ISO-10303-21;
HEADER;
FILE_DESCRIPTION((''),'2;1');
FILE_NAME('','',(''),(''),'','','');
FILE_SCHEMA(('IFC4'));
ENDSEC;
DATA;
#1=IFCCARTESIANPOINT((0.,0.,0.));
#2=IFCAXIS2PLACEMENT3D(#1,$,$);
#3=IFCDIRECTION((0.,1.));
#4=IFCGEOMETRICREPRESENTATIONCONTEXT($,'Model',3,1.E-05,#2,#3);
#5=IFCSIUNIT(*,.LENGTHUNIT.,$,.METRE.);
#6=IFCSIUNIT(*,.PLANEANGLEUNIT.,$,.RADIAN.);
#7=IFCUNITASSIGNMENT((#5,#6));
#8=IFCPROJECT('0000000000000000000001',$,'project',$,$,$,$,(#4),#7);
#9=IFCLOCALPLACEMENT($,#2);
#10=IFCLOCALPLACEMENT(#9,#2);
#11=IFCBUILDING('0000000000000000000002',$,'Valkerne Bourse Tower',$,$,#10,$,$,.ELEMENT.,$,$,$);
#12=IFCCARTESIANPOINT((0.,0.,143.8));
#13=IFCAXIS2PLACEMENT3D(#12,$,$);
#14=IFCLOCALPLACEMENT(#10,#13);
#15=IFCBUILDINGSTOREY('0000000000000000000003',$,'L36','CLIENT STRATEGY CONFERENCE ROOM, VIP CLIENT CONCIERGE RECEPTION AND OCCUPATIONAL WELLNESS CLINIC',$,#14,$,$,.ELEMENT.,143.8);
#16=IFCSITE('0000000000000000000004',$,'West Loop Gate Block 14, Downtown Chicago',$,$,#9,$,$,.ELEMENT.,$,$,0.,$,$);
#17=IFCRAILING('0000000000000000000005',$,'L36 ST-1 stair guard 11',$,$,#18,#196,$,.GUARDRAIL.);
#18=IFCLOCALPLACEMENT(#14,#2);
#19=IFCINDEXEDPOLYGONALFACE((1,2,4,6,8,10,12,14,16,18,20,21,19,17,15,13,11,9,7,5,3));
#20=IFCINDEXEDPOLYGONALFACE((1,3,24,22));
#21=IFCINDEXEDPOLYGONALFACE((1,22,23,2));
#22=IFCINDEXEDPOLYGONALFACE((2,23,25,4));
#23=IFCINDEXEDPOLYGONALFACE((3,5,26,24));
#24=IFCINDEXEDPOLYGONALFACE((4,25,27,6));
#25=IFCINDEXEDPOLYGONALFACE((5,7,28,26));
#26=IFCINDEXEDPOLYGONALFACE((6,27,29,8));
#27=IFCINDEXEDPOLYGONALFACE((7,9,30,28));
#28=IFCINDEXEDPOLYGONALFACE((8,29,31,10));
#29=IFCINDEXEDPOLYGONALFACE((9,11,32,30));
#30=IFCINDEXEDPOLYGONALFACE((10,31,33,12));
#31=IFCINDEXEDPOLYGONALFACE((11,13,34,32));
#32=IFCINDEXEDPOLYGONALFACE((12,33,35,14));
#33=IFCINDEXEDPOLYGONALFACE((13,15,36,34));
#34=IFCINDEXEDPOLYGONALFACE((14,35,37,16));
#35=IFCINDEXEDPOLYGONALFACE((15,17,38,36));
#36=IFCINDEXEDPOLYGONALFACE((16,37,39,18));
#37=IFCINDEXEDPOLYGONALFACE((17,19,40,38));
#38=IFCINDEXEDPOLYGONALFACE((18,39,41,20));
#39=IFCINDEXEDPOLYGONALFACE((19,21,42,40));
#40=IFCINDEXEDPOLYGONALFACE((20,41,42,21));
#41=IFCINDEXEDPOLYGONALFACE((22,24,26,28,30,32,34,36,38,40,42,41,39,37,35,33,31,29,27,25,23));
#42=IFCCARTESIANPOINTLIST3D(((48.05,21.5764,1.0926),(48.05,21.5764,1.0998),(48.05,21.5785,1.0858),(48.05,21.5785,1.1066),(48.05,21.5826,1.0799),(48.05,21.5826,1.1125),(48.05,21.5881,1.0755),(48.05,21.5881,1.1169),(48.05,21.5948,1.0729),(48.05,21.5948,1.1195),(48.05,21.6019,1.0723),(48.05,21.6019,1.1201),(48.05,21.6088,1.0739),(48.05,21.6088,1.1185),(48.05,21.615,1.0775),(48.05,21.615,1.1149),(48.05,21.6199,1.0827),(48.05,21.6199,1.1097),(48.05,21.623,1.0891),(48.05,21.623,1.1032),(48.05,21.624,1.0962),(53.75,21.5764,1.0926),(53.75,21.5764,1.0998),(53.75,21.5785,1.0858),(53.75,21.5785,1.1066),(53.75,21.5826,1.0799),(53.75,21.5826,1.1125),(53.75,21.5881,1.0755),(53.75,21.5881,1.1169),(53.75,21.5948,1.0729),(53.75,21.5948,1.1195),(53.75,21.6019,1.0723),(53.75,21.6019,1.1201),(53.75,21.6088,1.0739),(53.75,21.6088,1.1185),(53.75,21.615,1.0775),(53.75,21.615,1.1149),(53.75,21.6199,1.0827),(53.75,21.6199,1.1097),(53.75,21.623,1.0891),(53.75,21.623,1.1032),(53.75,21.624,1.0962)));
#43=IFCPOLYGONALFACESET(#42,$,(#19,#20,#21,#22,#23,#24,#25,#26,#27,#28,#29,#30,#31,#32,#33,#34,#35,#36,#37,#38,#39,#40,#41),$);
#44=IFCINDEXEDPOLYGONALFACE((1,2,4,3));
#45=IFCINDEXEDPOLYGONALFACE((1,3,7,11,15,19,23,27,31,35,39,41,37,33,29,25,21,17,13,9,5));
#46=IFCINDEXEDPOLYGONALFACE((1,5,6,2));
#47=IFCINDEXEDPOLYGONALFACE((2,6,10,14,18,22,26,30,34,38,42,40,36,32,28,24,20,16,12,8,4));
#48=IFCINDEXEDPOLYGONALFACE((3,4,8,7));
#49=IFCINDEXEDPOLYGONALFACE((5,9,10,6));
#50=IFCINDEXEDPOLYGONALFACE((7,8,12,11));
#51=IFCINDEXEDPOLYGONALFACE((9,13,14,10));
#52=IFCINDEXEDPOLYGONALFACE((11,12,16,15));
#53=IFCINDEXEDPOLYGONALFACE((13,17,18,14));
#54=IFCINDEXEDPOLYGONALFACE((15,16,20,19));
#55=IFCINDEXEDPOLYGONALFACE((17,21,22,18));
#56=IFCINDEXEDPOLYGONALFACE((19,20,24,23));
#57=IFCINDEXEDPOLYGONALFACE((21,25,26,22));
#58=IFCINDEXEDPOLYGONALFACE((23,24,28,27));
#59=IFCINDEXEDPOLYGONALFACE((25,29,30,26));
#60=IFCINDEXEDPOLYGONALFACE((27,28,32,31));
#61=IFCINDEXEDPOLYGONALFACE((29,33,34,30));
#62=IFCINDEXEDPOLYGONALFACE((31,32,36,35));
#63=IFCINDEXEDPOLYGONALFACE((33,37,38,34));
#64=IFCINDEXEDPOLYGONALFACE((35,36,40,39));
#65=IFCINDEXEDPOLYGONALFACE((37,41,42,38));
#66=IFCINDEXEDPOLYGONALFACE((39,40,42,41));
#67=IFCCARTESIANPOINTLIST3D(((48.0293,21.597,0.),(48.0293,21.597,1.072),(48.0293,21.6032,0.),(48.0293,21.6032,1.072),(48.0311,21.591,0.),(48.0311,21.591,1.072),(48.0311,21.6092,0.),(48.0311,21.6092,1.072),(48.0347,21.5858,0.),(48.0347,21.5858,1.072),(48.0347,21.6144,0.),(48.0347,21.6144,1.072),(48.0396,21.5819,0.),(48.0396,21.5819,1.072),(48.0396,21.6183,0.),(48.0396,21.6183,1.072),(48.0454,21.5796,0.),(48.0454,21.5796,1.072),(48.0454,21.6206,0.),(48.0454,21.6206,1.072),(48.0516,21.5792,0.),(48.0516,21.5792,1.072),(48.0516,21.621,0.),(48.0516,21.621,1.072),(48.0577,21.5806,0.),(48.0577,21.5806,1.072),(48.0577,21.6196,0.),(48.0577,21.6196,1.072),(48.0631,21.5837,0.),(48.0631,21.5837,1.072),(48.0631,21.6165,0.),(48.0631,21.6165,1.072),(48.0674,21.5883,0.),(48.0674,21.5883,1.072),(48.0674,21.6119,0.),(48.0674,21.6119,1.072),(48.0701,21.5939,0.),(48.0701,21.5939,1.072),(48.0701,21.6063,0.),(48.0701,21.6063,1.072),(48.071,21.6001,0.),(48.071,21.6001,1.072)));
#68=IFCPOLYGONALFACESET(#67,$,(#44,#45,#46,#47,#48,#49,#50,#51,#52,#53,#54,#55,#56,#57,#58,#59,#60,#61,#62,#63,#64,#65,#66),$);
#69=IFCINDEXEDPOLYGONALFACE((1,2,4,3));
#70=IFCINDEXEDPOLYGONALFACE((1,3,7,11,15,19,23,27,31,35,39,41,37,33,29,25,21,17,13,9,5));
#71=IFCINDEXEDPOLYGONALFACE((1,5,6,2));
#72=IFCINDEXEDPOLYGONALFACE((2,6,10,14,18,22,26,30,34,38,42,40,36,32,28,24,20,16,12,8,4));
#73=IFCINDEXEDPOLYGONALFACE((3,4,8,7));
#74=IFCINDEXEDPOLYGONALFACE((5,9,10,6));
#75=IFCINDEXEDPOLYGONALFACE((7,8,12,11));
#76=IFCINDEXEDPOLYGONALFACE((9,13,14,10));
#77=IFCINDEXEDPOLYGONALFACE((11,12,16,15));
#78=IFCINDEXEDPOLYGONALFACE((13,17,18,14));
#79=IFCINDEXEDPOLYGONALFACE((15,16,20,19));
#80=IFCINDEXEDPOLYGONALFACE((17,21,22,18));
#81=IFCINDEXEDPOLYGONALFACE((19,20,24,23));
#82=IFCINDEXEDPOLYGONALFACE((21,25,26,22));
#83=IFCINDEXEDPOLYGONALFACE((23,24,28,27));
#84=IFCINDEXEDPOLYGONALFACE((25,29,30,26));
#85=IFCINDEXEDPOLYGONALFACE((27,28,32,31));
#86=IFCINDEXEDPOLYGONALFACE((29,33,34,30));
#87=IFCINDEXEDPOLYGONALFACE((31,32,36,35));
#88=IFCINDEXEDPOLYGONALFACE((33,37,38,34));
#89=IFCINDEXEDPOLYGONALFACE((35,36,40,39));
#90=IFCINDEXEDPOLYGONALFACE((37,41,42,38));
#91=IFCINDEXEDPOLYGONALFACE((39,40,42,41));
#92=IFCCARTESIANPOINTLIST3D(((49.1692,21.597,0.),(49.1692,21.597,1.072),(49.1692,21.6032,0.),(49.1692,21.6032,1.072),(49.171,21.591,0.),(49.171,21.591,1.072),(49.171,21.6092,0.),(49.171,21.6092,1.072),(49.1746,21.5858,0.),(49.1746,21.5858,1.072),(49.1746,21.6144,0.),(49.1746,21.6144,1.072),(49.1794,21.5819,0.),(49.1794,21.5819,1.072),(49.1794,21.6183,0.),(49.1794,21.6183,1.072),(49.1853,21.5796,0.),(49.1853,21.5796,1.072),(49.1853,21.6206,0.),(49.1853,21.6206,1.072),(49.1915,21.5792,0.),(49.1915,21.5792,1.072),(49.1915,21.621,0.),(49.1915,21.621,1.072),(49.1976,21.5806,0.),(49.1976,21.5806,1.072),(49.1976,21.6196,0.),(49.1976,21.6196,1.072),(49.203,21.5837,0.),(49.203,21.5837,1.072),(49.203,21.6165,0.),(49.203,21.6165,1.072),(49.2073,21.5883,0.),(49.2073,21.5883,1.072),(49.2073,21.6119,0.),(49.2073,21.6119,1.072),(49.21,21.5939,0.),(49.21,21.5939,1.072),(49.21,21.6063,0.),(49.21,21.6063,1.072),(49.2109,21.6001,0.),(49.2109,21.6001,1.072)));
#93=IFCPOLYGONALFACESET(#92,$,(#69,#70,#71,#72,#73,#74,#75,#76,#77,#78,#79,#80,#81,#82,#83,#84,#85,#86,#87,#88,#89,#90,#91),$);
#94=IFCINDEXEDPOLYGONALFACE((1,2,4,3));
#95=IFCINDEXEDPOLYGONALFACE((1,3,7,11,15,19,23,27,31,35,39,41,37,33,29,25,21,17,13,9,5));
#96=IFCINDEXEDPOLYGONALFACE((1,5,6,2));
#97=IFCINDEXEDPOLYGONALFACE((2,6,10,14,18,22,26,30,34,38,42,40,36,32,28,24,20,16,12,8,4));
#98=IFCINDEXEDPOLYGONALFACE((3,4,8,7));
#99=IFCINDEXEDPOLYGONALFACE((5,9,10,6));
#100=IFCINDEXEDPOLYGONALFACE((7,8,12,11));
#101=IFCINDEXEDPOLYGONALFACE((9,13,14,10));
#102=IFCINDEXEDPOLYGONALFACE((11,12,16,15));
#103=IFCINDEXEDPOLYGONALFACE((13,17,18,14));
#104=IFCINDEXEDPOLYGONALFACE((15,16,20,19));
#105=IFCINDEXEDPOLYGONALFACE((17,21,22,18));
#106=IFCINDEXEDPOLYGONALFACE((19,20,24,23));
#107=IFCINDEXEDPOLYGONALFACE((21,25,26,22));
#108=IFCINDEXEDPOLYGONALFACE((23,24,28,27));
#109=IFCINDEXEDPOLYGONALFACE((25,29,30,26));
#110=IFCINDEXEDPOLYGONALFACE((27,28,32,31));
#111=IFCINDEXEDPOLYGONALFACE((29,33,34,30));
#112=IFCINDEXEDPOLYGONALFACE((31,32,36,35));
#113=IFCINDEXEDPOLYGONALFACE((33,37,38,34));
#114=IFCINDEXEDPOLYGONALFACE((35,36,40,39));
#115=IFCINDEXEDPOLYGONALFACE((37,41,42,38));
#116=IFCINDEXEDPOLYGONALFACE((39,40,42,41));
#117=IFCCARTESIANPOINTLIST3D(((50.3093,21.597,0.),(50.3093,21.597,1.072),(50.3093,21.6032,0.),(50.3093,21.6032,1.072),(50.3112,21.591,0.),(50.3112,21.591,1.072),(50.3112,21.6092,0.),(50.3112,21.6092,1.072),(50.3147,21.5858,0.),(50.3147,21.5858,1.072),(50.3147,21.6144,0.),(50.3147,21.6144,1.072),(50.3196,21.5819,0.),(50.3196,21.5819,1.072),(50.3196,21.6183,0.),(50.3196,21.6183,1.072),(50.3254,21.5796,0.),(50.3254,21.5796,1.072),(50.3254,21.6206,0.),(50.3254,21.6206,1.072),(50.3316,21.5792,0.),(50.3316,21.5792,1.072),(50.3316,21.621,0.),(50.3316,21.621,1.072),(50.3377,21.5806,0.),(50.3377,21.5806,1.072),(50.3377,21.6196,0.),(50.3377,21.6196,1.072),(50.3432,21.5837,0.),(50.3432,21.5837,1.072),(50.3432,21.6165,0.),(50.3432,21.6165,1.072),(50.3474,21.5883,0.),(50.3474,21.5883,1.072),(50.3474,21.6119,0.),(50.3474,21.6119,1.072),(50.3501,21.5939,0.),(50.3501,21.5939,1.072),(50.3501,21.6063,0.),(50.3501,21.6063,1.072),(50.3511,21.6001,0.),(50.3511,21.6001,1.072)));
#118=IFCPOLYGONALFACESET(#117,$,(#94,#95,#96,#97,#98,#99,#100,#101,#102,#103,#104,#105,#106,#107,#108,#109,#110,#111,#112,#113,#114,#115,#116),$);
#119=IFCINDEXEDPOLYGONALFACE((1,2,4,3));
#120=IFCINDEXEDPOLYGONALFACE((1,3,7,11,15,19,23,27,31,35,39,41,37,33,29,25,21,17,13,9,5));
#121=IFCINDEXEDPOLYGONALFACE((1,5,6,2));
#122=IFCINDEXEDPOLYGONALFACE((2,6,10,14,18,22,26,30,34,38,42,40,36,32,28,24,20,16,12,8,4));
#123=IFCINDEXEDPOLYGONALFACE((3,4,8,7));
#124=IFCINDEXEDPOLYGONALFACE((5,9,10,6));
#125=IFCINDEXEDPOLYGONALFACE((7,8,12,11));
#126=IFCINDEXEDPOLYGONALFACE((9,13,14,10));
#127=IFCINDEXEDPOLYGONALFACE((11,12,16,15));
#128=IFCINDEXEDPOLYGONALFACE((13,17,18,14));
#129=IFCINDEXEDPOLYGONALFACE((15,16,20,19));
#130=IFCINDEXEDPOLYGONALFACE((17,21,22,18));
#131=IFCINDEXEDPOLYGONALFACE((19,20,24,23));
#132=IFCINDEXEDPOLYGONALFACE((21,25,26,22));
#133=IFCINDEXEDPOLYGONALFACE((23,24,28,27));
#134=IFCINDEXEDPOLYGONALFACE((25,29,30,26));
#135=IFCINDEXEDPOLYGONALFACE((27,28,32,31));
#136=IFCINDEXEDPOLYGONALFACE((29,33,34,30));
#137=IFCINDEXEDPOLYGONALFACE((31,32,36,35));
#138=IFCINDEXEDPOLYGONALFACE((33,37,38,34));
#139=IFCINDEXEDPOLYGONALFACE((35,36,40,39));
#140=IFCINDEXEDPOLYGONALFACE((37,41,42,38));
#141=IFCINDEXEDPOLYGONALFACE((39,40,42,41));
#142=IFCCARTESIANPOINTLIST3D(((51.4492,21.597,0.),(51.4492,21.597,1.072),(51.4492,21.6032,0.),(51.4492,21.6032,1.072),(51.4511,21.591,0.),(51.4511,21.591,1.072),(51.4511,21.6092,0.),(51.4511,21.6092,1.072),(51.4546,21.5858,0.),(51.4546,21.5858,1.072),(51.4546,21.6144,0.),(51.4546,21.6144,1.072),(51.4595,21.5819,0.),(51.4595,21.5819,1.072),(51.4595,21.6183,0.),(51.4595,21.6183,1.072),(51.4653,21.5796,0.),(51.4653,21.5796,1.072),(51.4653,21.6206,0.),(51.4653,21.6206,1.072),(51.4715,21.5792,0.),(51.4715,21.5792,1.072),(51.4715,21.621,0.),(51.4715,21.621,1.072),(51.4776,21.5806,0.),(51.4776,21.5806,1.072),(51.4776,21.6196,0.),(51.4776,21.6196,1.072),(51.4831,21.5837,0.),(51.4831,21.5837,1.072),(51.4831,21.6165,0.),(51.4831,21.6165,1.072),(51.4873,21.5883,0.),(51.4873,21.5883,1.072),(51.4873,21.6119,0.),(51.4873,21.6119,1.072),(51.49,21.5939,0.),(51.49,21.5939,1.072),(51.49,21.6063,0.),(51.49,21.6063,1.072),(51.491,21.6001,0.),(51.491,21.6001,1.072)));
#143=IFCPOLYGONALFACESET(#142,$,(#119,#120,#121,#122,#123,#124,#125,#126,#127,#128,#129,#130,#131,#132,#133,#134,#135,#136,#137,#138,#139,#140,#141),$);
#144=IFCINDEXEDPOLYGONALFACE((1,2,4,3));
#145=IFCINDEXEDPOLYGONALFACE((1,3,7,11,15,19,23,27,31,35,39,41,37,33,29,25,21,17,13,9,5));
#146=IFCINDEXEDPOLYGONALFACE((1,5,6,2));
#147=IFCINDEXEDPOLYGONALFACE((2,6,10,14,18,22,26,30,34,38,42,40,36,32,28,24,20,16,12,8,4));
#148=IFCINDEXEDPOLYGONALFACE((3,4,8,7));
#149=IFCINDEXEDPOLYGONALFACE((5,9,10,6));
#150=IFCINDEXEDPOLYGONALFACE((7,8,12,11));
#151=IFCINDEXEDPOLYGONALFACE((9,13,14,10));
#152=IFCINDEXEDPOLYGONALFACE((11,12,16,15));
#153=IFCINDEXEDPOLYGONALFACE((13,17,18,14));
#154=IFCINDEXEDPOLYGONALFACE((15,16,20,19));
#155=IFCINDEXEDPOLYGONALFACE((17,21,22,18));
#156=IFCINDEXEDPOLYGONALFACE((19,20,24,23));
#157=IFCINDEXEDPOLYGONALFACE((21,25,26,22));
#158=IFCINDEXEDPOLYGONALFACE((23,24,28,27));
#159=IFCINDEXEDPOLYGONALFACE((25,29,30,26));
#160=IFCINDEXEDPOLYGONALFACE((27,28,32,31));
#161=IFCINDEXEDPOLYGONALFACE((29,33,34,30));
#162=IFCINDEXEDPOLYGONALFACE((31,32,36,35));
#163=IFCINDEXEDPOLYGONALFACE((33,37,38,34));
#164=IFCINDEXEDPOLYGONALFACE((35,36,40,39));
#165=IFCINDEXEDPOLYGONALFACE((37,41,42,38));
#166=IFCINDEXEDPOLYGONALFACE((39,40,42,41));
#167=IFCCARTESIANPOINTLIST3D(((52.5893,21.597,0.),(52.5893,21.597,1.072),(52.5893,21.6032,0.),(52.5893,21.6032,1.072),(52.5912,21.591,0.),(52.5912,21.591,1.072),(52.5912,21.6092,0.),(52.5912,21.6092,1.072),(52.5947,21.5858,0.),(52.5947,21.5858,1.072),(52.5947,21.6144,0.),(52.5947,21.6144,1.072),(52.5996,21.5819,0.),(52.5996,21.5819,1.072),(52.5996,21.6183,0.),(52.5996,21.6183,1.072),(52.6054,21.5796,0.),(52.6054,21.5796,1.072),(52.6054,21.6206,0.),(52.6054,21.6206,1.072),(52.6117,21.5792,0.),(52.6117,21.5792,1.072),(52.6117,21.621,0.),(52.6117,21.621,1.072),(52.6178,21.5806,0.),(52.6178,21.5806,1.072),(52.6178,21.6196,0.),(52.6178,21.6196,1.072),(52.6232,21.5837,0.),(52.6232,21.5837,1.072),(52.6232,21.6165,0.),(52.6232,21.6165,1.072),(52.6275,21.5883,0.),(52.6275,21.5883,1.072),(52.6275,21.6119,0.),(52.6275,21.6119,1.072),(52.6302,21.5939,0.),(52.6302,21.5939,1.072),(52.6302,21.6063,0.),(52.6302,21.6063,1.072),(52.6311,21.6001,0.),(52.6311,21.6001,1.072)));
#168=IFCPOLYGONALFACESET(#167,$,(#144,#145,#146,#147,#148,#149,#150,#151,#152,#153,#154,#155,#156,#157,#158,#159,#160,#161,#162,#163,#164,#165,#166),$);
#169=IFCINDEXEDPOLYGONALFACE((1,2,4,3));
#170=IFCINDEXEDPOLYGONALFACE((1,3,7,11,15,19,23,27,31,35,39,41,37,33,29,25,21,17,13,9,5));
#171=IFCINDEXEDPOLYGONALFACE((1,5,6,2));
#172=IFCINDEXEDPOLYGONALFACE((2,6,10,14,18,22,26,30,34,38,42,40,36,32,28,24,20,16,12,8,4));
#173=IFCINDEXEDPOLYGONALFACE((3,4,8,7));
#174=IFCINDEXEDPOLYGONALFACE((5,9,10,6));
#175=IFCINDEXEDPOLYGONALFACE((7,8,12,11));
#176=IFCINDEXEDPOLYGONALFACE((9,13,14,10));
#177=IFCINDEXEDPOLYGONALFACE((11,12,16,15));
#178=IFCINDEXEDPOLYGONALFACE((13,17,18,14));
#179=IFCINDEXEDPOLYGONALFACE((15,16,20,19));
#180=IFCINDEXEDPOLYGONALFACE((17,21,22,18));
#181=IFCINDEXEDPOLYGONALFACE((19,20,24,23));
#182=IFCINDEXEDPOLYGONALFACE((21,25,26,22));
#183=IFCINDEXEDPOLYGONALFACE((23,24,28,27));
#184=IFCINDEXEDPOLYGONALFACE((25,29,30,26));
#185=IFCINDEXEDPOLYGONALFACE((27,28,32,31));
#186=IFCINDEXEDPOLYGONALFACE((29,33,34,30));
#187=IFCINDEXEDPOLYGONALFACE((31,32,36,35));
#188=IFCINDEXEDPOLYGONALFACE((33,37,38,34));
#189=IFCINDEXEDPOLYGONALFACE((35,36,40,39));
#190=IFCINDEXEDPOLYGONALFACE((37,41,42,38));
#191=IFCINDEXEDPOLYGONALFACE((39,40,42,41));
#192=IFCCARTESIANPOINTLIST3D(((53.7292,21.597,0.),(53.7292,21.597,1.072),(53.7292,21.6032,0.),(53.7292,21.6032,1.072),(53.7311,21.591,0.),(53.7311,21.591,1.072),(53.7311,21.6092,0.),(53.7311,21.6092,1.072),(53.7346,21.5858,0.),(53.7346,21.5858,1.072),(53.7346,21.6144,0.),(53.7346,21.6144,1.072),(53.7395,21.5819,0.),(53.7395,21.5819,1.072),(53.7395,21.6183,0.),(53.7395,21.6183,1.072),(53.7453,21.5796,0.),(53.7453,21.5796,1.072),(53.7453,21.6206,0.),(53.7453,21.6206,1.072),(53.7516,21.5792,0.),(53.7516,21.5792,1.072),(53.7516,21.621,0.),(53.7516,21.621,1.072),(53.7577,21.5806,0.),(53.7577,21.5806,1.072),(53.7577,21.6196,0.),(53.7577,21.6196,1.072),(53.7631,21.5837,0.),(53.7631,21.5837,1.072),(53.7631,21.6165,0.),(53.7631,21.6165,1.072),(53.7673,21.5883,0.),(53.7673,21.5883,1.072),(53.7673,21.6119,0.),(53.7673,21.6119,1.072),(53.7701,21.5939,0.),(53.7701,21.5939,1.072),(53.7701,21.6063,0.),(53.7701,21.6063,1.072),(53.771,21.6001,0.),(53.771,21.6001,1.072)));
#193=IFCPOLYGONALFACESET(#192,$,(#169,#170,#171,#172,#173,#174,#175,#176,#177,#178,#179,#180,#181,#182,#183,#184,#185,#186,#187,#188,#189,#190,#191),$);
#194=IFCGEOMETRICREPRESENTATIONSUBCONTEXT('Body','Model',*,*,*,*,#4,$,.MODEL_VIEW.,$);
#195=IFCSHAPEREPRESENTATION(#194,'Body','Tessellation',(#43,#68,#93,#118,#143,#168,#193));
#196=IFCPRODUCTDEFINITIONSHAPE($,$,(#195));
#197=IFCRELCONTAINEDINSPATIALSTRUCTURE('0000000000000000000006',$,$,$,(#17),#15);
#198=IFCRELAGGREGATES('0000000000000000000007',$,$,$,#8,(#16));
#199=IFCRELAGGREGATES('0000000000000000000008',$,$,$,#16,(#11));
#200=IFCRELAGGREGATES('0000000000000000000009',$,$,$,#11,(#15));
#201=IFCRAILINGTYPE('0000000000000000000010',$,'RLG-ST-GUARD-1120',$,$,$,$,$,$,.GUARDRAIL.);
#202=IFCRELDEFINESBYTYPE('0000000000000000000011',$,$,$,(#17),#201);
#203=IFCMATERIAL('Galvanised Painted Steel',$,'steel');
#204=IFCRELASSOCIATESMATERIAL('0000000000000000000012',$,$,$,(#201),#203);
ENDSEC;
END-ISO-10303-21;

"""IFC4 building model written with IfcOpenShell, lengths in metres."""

from ifc_helpers import new_model, si_unit, direction, frame, origin, origin_2d, place, context, subcontext, project, spatial, circle, extrude, material, type_object, element, save


model = new_model("IFC4")

# Units and contexts
model_context = context("Model", 3, precision=1e-05, world=origin(), true_north=direction((0.0, 1.0)))
body_context = subcontext(model_context, "Body", "Model", "MODEL_VIEW")
ifc_project = project(units=[si_unit("LENGTHUNIT", "METRE"), si_unit("PLANEANGLEUNIT", "RADIAN")], contexts=[model_context])

# Site, building, storey
site_placement = place(None, origin())
site = spatial("IfcSite", under=ifc_project, at=site_placement, Name="West Loop Gate Block 14, Downtown Chicago", CompositionType="ELEMENT", RefElevation=0.0)
building_placement = place(site_placement, origin())
building = spatial("IfcBuilding", under=site, at=building_placement, Name="Valkerne Bourse Tower", CompositionType="ELEMENT")
storey_placement = place(building_placement, frame((0.0, 0.0, 143.8)))
storey = spatial("IfcBuildingStorey", under=building, at=storey_placement, Name="L36", Description="CLIENT STRATEGY CONFERENCE ROOM, VIP CLIENT CONCIERGE RECEPTION AND OCCUPATIONAL WELLNESS CLINIC", CompositionType="ELEMENT", Elevation=143.8)

# Shared definitions
ifc_material_1 = material(Name="Galvanised Painted Steel", Category="steel")

# Railing
railing_type_1 = type_object("IfcRailingType", Name="RLG-ST-GUARD-1120", PredefinedType="GUARDRAIL", material=ifc_material_1)
for number, where, name in (
    (1, (48.05, 21.6001, 0.0), "L36 ST-1 stair guard 11"),
):
    element("IfcRailing", number, at=place(storey_placement, frame(where)), inside=storey, type_object=railing_type_1, Name=name, PredefinedType="GUARDRAIL", context=body_context, shape_type="SweptSolid", body=[
        extrude(circle(Radius=0.0239, at=origin_2d()), frame((0.0, 0.0, 1.0962), z_axis=(1.0, 0.0, 0.0), x_axis=(0.0, 1.0, 0.0)), (0.0, 0.0, 1.0), 5.7),
        extrude(circle(Radius=0.021, at=origin_2d()), origin(), (0.0, 0.0, 1.0), 1.072),
        extrude(circle(Radius=0.021, at=origin_2d()), frame((1.1399, 0.0, 0.0)), (0.0, 0.0, 1.0), 1.072),
        extrude(circle(Radius=0.021, at=origin_2d()), frame((2.28, 0.0, 0.0)), (0.0, 0.0, 1.0), 1.072),
        extrude(circle(Radius=0.021, at=origin_2d()), frame((3.4199, 0.0, 0.0)), (0.0, 0.0, 1.0), 1.072),
        extrude(circle(Radius=0.021, at=origin_2d()), frame((4.5601, 0.0, 0.0)), (0.0, 0.0, 1.0), 1.072),
        extrude(circle(Radius=0.021, at=origin_2d()), frame((5.7, 0.0, 0.0)), (0.0, 0.0, 1.0), 1.072),
    ])

save(model, "model.ifc")
